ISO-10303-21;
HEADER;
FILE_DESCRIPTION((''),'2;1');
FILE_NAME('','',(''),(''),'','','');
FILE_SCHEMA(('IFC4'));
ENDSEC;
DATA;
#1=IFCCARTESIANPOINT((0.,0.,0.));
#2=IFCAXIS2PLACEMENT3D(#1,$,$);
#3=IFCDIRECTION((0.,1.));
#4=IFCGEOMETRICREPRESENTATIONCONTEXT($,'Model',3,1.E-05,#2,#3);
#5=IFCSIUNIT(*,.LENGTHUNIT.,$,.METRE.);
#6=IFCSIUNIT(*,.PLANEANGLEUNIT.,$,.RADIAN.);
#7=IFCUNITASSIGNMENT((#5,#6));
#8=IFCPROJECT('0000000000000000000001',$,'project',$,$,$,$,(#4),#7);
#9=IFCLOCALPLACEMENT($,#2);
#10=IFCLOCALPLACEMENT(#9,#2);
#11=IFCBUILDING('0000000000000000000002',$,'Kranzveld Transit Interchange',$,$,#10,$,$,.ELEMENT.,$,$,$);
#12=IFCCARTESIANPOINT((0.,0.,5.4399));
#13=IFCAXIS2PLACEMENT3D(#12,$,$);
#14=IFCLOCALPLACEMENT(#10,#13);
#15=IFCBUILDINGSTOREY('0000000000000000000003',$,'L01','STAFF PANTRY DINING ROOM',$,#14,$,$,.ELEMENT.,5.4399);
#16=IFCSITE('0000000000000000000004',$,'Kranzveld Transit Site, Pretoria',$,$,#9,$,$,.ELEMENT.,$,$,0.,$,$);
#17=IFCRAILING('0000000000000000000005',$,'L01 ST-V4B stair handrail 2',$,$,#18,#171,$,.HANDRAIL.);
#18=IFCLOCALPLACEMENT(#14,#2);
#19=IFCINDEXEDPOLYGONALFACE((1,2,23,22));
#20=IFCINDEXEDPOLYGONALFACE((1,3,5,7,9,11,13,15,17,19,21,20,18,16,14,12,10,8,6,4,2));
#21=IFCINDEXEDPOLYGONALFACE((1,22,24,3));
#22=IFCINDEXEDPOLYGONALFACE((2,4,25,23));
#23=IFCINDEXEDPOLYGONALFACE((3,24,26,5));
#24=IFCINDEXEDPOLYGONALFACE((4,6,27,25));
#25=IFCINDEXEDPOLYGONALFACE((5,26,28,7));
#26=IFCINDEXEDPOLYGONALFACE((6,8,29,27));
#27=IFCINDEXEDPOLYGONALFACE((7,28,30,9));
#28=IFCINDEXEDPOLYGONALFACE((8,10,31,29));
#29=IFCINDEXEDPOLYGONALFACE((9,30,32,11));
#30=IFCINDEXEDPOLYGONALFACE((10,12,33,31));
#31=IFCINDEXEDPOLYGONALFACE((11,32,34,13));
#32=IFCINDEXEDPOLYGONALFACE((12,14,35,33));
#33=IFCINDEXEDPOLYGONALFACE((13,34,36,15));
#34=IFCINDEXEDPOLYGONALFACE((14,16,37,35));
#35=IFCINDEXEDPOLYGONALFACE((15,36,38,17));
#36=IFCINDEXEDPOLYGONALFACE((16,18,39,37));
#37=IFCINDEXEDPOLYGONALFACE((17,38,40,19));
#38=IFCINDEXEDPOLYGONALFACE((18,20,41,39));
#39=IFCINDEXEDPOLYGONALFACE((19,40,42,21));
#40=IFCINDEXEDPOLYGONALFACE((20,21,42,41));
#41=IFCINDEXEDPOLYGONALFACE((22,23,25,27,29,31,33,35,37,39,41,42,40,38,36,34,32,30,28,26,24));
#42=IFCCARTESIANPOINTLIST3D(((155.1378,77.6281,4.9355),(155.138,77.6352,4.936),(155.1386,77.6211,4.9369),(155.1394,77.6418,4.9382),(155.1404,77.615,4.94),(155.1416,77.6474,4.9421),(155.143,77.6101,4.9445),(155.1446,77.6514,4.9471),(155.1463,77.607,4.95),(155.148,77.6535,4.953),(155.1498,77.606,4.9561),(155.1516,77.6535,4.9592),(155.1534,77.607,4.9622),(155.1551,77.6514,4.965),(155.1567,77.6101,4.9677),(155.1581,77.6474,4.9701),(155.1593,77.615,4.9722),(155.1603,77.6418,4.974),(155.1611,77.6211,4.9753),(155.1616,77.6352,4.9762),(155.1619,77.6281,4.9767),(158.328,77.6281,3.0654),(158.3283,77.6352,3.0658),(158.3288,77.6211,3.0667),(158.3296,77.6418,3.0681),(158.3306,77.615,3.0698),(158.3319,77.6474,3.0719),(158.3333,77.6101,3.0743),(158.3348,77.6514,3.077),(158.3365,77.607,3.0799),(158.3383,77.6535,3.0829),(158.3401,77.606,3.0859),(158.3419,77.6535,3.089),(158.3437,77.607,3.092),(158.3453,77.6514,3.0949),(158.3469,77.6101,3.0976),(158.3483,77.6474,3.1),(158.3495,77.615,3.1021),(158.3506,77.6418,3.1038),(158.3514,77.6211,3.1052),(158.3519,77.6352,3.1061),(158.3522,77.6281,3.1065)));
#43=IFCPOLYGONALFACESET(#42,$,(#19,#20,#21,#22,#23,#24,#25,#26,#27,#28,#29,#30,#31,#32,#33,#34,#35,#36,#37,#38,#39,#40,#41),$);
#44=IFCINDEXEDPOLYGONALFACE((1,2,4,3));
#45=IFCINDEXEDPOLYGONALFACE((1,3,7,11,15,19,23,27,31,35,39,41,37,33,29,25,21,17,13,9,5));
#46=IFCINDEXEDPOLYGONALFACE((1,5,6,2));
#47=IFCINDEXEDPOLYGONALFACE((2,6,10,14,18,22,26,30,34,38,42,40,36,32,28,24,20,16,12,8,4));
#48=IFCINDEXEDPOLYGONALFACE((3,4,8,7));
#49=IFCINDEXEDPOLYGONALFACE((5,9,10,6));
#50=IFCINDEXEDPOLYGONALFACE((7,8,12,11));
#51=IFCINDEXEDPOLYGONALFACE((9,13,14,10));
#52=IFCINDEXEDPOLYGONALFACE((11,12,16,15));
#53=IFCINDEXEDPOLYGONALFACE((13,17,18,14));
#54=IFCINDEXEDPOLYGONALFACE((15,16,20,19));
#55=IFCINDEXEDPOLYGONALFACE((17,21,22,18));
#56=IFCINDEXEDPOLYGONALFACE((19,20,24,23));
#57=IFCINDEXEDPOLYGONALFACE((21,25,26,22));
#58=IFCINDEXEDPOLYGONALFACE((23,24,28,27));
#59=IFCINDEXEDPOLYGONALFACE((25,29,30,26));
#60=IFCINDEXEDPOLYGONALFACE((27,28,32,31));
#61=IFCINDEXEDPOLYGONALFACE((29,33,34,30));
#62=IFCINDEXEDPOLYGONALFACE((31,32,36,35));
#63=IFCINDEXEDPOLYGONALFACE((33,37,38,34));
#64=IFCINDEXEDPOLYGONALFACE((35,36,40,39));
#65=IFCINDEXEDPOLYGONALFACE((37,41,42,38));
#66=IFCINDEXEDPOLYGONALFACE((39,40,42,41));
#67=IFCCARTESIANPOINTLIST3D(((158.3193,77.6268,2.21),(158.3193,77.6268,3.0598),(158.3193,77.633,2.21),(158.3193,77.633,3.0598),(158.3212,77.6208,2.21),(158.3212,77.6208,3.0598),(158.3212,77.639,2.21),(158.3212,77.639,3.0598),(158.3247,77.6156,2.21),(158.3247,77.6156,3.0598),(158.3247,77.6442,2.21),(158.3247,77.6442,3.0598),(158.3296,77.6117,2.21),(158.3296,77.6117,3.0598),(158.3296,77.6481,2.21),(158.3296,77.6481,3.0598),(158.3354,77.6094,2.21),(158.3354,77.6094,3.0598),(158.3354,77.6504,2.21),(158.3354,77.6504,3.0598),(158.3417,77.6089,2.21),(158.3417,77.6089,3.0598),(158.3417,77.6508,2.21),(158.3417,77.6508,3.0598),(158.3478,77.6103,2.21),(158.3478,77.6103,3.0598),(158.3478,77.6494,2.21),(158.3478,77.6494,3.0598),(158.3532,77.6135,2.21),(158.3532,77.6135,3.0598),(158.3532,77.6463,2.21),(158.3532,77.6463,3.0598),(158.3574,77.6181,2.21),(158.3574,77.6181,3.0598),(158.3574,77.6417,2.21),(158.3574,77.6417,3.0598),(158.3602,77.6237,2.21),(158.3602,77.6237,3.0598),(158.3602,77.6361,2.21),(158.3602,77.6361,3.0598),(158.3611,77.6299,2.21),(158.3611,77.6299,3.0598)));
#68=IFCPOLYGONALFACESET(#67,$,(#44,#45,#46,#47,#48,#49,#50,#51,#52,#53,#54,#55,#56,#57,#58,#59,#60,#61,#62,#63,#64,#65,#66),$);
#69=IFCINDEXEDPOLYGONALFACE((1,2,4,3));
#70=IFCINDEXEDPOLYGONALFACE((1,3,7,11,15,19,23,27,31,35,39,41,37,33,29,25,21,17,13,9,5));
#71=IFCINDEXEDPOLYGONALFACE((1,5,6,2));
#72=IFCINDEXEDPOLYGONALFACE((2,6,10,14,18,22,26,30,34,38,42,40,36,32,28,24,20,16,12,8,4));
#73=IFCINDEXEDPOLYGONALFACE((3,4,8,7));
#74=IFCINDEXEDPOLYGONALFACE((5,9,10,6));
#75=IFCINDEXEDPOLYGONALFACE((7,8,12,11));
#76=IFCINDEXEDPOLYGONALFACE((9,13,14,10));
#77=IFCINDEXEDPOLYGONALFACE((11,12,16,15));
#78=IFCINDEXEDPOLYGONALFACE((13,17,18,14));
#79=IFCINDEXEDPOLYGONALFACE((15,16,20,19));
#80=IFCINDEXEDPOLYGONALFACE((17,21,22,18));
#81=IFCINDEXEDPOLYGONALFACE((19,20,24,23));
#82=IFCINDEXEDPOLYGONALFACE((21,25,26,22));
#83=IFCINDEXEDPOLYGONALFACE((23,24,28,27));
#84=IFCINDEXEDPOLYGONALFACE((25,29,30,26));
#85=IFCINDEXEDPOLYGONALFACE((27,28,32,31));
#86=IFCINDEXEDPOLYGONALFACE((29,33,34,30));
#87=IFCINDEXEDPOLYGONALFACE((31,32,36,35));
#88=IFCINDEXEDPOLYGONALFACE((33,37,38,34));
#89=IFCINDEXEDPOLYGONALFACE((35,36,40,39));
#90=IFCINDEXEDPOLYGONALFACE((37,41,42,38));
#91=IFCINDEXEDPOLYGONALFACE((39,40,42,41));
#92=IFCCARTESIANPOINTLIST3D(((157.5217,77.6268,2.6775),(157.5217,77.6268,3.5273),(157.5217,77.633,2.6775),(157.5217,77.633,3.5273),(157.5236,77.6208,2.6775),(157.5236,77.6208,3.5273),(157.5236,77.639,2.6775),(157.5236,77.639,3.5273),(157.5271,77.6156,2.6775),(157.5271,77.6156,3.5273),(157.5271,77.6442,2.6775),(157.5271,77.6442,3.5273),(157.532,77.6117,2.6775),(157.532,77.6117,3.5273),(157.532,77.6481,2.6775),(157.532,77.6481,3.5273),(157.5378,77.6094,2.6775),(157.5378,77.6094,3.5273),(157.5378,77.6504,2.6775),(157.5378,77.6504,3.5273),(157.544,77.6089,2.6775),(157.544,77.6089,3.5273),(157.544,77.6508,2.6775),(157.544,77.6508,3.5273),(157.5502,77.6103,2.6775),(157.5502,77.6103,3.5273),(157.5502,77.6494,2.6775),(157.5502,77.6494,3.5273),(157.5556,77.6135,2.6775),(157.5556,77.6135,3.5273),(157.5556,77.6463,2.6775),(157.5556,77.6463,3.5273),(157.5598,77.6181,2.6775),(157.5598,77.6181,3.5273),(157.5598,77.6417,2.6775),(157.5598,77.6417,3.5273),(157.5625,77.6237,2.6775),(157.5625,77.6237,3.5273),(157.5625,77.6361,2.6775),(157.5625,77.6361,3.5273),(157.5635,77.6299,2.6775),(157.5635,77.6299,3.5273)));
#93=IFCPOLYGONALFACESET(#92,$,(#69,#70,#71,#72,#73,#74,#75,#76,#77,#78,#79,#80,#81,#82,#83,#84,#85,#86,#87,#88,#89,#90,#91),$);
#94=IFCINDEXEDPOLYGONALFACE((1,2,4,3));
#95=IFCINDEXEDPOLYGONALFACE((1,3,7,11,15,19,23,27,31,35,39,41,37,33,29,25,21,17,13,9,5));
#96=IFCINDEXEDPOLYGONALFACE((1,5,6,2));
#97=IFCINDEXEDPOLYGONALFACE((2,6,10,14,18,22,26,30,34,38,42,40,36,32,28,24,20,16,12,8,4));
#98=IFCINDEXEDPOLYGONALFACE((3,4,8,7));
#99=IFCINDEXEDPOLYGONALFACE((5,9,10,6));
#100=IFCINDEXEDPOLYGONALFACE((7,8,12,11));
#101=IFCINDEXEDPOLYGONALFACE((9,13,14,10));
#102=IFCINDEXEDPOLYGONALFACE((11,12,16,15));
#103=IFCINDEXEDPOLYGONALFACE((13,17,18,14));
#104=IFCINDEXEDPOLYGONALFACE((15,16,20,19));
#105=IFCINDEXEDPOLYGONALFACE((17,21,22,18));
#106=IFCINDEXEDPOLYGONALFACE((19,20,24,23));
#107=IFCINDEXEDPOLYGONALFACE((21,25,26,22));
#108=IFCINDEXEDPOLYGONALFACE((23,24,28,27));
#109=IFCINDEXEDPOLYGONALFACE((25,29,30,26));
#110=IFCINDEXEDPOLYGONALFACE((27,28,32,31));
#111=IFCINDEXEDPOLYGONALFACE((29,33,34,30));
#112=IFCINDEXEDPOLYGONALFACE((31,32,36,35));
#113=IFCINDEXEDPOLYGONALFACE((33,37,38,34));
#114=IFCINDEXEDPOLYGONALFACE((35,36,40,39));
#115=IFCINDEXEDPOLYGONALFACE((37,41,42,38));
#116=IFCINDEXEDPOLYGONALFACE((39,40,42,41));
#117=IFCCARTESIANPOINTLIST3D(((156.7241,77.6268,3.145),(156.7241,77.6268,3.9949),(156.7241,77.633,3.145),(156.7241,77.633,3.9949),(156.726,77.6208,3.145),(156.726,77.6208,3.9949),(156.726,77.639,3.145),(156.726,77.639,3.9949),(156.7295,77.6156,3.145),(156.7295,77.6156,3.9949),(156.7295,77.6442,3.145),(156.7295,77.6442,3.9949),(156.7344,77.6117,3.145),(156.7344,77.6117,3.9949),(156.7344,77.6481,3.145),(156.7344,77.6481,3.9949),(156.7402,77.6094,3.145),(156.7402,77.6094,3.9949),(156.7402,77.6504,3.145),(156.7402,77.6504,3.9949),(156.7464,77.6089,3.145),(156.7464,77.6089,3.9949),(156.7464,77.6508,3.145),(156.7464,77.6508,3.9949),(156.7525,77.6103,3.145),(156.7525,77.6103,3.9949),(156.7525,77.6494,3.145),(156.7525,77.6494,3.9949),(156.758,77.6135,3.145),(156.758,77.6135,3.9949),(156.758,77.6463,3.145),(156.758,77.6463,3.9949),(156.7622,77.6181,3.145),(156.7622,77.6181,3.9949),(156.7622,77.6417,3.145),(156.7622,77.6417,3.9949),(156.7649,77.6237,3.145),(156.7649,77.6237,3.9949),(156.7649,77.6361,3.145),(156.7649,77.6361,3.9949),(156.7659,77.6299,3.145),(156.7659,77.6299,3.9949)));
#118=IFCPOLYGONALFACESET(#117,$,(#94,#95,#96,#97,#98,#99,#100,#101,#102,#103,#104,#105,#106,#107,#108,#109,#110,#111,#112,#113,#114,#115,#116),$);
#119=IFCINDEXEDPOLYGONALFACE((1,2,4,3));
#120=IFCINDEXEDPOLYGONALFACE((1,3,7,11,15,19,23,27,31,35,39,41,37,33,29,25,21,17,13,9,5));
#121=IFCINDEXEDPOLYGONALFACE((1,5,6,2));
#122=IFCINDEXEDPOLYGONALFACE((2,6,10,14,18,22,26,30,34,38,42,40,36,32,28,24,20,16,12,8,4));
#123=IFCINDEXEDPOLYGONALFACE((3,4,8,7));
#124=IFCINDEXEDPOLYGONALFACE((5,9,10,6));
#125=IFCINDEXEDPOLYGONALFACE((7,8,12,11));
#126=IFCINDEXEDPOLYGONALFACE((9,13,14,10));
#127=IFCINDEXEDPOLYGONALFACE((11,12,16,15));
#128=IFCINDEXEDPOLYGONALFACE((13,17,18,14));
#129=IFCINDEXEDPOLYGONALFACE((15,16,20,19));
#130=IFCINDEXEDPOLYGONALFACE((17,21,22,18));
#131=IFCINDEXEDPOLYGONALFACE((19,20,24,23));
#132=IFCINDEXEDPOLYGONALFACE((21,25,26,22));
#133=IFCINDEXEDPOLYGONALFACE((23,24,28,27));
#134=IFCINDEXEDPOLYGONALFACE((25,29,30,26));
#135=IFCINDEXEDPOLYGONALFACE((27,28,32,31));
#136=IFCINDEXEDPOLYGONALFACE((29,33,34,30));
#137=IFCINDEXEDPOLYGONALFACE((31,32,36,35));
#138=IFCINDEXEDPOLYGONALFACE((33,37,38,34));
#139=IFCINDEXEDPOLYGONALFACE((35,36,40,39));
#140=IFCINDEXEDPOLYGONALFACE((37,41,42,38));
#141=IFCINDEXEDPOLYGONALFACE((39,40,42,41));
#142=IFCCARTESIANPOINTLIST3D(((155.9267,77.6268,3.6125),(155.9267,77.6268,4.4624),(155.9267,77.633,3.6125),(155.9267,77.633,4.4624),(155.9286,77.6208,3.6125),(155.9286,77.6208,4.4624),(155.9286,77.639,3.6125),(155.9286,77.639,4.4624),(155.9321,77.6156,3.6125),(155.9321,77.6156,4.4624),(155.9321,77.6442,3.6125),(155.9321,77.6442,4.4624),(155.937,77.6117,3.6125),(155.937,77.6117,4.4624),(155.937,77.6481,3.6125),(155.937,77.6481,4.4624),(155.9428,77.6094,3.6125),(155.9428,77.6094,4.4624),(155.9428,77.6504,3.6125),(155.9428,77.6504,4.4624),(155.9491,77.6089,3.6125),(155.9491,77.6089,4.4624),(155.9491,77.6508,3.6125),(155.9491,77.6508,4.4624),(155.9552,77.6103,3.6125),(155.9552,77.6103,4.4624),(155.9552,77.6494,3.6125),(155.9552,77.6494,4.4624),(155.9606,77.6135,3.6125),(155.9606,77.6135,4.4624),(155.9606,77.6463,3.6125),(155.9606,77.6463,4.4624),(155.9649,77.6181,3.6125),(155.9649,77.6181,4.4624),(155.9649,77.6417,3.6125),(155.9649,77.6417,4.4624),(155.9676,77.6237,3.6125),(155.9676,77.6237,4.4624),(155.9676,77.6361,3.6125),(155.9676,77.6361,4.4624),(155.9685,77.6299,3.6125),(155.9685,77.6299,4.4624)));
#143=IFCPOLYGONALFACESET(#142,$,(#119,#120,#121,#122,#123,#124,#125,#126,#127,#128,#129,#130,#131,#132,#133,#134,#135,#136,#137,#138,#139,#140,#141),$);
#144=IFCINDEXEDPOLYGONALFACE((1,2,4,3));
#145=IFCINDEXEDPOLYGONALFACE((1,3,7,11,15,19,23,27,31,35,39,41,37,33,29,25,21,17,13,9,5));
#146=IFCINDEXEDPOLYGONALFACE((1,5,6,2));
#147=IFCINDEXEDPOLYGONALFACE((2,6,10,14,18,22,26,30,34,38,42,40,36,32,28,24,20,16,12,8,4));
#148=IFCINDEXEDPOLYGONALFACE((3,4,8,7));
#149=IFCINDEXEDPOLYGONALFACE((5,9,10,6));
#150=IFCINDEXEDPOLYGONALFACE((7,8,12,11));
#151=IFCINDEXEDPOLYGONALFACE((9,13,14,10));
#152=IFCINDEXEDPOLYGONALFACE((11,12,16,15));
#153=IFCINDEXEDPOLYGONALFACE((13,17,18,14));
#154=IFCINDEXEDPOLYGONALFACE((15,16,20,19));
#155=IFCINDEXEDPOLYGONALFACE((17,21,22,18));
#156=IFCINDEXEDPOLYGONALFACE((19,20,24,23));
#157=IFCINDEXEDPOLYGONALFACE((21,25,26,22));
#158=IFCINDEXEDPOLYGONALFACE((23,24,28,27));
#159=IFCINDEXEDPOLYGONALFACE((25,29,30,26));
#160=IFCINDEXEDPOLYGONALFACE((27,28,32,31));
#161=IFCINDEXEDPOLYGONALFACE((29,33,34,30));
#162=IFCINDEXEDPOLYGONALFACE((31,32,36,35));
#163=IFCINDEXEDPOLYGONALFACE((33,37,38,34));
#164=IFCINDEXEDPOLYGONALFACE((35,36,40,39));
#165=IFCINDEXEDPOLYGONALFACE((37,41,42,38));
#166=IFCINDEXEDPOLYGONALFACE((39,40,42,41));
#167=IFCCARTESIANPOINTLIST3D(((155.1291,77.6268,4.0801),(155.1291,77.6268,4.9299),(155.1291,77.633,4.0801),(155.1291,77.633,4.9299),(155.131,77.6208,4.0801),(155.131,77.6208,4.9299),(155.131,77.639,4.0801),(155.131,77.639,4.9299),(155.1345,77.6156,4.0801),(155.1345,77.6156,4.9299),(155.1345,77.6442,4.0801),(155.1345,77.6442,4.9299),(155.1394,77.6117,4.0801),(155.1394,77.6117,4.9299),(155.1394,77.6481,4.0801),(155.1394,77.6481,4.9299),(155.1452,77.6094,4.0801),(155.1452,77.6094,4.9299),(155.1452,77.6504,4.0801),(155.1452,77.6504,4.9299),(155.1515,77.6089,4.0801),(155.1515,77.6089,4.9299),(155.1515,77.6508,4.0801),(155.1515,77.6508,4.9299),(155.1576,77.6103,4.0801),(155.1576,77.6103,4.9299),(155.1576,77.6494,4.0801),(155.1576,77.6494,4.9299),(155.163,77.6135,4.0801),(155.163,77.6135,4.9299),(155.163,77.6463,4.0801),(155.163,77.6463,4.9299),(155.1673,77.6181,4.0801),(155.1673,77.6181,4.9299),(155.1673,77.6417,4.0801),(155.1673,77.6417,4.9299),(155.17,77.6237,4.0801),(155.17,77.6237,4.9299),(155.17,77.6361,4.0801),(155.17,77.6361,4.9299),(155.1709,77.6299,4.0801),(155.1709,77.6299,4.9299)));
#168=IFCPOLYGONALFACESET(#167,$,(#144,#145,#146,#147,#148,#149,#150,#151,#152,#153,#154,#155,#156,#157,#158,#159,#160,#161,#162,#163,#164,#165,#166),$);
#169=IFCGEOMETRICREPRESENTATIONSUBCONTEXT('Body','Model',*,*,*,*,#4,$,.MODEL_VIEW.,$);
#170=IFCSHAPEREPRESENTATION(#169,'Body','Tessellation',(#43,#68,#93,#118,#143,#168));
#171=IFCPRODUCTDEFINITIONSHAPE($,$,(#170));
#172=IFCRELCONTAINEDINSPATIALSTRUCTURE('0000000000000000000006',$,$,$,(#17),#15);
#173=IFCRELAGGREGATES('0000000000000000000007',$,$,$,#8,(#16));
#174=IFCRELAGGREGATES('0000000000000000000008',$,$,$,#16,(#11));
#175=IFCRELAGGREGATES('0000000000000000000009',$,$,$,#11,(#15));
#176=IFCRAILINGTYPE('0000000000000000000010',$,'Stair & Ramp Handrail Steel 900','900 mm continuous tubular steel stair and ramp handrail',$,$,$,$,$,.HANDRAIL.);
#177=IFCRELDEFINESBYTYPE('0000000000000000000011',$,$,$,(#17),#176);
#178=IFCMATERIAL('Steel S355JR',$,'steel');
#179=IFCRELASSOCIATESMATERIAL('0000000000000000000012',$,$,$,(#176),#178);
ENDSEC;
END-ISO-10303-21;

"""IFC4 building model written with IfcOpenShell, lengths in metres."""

from ifc_helpers import new_model, si_unit, direction, frame, origin, origin_2d, place, context, subcontext, project, spatial, circle, extrude, material, type_object, element, save


model = new_model("IFC4")

# Units and contexts
model_context = context("Model", 3, precision=1e-05, world=origin(), true_north=direction((0.0, 1.0)))
body_context = subcontext(model_context, "Body", "Model", "MODEL_VIEW")
ifc_project = project(units=[si_unit("LENGTHUNIT", "METRE"), si_unit("PLANEANGLEUNIT", "RADIAN")], contexts=[model_context])

# Site, building, storey
site_placement = place(None, origin())
site = spatial("IfcSite", under=ifc_project, at=site_placement, Name="Kranzveld Transit Site, Pretoria", CompositionType="ELEMENT", RefElevation=0.0)
building_placement = place(site_placement, origin())
building = spatial("IfcBuilding", under=site, at=building_placement, Name="Kranzveld Transit Interchange", CompositionType="ELEMENT")
storey_placement = place(building_placement, frame((0.0, 0.0, 5.4399)))
storey = spatial("IfcBuildingStorey", under=building, at=storey_placement, Name="L01", Description="STAFF PANTRY DINING ROOM", CompositionType="ELEMENT", Elevation=5.4399)

# Railing
ifc_material_1 = material(Name="Steel S355JR", Category="steel")
railing_type_1 = type_object("IfcRailingType", Name="Stair & Ramp Handrail Steel 900", Description="900 mm continuous tubular steel stair and ramp handrail", PredefinedType="HANDRAIL", material=ifc_material_1)
railing_1_placement = place(storey_placement, frame((158.3401, 77.6299, 2.21)))
element("IfcRailing", 1, at=railing_1_placement, inside=storey, type_object=railing_type_1, Name="L01 ST-V4B stair handrail 2", PredefinedType="HANDRAIL", context=body_context, shape_type="SweptSolid", body=[
    extrude(circle(Radius=0.0239, at=origin_2d()), frame((0.0, 0.0, 0.876), z_axis=(-0.862697, 0.0, 0.505721), x_axis=(0.0, -1.0, 0.0)), (0.0, 0.0, 1.0), 3.698),
    extrude(circle(Radius=0.021, at=origin_2d()), origin(), (0.0, 0.0, 1.0), 0.8499),
    extrude(circle(Radius=0.021, at=origin_2d()), frame((-0.7976, 0.0, 0.4675)), (0.0, 0.0, 1.0), 0.8499),
    extrude(circle(Radius=0.021, at=origin_2d()), frame((-1.5952, 0.0, 0.9351)), (0.0, 0.0, 1.0), 0.8499),
    extrude(circle(Radius=0.021, at=origin_2d()), frame((-2.3926, 0.0, 1.4026)), (0.0, 0.0, 1.0), 0.8499),
    extrude(circle(Radius=0.021, at=origin_2d()), frame((-3.1902, 0.0, 1.8701)), (0.0, 0.0, 1.0), 0.8499),
])

save(model, "model.ifc")
